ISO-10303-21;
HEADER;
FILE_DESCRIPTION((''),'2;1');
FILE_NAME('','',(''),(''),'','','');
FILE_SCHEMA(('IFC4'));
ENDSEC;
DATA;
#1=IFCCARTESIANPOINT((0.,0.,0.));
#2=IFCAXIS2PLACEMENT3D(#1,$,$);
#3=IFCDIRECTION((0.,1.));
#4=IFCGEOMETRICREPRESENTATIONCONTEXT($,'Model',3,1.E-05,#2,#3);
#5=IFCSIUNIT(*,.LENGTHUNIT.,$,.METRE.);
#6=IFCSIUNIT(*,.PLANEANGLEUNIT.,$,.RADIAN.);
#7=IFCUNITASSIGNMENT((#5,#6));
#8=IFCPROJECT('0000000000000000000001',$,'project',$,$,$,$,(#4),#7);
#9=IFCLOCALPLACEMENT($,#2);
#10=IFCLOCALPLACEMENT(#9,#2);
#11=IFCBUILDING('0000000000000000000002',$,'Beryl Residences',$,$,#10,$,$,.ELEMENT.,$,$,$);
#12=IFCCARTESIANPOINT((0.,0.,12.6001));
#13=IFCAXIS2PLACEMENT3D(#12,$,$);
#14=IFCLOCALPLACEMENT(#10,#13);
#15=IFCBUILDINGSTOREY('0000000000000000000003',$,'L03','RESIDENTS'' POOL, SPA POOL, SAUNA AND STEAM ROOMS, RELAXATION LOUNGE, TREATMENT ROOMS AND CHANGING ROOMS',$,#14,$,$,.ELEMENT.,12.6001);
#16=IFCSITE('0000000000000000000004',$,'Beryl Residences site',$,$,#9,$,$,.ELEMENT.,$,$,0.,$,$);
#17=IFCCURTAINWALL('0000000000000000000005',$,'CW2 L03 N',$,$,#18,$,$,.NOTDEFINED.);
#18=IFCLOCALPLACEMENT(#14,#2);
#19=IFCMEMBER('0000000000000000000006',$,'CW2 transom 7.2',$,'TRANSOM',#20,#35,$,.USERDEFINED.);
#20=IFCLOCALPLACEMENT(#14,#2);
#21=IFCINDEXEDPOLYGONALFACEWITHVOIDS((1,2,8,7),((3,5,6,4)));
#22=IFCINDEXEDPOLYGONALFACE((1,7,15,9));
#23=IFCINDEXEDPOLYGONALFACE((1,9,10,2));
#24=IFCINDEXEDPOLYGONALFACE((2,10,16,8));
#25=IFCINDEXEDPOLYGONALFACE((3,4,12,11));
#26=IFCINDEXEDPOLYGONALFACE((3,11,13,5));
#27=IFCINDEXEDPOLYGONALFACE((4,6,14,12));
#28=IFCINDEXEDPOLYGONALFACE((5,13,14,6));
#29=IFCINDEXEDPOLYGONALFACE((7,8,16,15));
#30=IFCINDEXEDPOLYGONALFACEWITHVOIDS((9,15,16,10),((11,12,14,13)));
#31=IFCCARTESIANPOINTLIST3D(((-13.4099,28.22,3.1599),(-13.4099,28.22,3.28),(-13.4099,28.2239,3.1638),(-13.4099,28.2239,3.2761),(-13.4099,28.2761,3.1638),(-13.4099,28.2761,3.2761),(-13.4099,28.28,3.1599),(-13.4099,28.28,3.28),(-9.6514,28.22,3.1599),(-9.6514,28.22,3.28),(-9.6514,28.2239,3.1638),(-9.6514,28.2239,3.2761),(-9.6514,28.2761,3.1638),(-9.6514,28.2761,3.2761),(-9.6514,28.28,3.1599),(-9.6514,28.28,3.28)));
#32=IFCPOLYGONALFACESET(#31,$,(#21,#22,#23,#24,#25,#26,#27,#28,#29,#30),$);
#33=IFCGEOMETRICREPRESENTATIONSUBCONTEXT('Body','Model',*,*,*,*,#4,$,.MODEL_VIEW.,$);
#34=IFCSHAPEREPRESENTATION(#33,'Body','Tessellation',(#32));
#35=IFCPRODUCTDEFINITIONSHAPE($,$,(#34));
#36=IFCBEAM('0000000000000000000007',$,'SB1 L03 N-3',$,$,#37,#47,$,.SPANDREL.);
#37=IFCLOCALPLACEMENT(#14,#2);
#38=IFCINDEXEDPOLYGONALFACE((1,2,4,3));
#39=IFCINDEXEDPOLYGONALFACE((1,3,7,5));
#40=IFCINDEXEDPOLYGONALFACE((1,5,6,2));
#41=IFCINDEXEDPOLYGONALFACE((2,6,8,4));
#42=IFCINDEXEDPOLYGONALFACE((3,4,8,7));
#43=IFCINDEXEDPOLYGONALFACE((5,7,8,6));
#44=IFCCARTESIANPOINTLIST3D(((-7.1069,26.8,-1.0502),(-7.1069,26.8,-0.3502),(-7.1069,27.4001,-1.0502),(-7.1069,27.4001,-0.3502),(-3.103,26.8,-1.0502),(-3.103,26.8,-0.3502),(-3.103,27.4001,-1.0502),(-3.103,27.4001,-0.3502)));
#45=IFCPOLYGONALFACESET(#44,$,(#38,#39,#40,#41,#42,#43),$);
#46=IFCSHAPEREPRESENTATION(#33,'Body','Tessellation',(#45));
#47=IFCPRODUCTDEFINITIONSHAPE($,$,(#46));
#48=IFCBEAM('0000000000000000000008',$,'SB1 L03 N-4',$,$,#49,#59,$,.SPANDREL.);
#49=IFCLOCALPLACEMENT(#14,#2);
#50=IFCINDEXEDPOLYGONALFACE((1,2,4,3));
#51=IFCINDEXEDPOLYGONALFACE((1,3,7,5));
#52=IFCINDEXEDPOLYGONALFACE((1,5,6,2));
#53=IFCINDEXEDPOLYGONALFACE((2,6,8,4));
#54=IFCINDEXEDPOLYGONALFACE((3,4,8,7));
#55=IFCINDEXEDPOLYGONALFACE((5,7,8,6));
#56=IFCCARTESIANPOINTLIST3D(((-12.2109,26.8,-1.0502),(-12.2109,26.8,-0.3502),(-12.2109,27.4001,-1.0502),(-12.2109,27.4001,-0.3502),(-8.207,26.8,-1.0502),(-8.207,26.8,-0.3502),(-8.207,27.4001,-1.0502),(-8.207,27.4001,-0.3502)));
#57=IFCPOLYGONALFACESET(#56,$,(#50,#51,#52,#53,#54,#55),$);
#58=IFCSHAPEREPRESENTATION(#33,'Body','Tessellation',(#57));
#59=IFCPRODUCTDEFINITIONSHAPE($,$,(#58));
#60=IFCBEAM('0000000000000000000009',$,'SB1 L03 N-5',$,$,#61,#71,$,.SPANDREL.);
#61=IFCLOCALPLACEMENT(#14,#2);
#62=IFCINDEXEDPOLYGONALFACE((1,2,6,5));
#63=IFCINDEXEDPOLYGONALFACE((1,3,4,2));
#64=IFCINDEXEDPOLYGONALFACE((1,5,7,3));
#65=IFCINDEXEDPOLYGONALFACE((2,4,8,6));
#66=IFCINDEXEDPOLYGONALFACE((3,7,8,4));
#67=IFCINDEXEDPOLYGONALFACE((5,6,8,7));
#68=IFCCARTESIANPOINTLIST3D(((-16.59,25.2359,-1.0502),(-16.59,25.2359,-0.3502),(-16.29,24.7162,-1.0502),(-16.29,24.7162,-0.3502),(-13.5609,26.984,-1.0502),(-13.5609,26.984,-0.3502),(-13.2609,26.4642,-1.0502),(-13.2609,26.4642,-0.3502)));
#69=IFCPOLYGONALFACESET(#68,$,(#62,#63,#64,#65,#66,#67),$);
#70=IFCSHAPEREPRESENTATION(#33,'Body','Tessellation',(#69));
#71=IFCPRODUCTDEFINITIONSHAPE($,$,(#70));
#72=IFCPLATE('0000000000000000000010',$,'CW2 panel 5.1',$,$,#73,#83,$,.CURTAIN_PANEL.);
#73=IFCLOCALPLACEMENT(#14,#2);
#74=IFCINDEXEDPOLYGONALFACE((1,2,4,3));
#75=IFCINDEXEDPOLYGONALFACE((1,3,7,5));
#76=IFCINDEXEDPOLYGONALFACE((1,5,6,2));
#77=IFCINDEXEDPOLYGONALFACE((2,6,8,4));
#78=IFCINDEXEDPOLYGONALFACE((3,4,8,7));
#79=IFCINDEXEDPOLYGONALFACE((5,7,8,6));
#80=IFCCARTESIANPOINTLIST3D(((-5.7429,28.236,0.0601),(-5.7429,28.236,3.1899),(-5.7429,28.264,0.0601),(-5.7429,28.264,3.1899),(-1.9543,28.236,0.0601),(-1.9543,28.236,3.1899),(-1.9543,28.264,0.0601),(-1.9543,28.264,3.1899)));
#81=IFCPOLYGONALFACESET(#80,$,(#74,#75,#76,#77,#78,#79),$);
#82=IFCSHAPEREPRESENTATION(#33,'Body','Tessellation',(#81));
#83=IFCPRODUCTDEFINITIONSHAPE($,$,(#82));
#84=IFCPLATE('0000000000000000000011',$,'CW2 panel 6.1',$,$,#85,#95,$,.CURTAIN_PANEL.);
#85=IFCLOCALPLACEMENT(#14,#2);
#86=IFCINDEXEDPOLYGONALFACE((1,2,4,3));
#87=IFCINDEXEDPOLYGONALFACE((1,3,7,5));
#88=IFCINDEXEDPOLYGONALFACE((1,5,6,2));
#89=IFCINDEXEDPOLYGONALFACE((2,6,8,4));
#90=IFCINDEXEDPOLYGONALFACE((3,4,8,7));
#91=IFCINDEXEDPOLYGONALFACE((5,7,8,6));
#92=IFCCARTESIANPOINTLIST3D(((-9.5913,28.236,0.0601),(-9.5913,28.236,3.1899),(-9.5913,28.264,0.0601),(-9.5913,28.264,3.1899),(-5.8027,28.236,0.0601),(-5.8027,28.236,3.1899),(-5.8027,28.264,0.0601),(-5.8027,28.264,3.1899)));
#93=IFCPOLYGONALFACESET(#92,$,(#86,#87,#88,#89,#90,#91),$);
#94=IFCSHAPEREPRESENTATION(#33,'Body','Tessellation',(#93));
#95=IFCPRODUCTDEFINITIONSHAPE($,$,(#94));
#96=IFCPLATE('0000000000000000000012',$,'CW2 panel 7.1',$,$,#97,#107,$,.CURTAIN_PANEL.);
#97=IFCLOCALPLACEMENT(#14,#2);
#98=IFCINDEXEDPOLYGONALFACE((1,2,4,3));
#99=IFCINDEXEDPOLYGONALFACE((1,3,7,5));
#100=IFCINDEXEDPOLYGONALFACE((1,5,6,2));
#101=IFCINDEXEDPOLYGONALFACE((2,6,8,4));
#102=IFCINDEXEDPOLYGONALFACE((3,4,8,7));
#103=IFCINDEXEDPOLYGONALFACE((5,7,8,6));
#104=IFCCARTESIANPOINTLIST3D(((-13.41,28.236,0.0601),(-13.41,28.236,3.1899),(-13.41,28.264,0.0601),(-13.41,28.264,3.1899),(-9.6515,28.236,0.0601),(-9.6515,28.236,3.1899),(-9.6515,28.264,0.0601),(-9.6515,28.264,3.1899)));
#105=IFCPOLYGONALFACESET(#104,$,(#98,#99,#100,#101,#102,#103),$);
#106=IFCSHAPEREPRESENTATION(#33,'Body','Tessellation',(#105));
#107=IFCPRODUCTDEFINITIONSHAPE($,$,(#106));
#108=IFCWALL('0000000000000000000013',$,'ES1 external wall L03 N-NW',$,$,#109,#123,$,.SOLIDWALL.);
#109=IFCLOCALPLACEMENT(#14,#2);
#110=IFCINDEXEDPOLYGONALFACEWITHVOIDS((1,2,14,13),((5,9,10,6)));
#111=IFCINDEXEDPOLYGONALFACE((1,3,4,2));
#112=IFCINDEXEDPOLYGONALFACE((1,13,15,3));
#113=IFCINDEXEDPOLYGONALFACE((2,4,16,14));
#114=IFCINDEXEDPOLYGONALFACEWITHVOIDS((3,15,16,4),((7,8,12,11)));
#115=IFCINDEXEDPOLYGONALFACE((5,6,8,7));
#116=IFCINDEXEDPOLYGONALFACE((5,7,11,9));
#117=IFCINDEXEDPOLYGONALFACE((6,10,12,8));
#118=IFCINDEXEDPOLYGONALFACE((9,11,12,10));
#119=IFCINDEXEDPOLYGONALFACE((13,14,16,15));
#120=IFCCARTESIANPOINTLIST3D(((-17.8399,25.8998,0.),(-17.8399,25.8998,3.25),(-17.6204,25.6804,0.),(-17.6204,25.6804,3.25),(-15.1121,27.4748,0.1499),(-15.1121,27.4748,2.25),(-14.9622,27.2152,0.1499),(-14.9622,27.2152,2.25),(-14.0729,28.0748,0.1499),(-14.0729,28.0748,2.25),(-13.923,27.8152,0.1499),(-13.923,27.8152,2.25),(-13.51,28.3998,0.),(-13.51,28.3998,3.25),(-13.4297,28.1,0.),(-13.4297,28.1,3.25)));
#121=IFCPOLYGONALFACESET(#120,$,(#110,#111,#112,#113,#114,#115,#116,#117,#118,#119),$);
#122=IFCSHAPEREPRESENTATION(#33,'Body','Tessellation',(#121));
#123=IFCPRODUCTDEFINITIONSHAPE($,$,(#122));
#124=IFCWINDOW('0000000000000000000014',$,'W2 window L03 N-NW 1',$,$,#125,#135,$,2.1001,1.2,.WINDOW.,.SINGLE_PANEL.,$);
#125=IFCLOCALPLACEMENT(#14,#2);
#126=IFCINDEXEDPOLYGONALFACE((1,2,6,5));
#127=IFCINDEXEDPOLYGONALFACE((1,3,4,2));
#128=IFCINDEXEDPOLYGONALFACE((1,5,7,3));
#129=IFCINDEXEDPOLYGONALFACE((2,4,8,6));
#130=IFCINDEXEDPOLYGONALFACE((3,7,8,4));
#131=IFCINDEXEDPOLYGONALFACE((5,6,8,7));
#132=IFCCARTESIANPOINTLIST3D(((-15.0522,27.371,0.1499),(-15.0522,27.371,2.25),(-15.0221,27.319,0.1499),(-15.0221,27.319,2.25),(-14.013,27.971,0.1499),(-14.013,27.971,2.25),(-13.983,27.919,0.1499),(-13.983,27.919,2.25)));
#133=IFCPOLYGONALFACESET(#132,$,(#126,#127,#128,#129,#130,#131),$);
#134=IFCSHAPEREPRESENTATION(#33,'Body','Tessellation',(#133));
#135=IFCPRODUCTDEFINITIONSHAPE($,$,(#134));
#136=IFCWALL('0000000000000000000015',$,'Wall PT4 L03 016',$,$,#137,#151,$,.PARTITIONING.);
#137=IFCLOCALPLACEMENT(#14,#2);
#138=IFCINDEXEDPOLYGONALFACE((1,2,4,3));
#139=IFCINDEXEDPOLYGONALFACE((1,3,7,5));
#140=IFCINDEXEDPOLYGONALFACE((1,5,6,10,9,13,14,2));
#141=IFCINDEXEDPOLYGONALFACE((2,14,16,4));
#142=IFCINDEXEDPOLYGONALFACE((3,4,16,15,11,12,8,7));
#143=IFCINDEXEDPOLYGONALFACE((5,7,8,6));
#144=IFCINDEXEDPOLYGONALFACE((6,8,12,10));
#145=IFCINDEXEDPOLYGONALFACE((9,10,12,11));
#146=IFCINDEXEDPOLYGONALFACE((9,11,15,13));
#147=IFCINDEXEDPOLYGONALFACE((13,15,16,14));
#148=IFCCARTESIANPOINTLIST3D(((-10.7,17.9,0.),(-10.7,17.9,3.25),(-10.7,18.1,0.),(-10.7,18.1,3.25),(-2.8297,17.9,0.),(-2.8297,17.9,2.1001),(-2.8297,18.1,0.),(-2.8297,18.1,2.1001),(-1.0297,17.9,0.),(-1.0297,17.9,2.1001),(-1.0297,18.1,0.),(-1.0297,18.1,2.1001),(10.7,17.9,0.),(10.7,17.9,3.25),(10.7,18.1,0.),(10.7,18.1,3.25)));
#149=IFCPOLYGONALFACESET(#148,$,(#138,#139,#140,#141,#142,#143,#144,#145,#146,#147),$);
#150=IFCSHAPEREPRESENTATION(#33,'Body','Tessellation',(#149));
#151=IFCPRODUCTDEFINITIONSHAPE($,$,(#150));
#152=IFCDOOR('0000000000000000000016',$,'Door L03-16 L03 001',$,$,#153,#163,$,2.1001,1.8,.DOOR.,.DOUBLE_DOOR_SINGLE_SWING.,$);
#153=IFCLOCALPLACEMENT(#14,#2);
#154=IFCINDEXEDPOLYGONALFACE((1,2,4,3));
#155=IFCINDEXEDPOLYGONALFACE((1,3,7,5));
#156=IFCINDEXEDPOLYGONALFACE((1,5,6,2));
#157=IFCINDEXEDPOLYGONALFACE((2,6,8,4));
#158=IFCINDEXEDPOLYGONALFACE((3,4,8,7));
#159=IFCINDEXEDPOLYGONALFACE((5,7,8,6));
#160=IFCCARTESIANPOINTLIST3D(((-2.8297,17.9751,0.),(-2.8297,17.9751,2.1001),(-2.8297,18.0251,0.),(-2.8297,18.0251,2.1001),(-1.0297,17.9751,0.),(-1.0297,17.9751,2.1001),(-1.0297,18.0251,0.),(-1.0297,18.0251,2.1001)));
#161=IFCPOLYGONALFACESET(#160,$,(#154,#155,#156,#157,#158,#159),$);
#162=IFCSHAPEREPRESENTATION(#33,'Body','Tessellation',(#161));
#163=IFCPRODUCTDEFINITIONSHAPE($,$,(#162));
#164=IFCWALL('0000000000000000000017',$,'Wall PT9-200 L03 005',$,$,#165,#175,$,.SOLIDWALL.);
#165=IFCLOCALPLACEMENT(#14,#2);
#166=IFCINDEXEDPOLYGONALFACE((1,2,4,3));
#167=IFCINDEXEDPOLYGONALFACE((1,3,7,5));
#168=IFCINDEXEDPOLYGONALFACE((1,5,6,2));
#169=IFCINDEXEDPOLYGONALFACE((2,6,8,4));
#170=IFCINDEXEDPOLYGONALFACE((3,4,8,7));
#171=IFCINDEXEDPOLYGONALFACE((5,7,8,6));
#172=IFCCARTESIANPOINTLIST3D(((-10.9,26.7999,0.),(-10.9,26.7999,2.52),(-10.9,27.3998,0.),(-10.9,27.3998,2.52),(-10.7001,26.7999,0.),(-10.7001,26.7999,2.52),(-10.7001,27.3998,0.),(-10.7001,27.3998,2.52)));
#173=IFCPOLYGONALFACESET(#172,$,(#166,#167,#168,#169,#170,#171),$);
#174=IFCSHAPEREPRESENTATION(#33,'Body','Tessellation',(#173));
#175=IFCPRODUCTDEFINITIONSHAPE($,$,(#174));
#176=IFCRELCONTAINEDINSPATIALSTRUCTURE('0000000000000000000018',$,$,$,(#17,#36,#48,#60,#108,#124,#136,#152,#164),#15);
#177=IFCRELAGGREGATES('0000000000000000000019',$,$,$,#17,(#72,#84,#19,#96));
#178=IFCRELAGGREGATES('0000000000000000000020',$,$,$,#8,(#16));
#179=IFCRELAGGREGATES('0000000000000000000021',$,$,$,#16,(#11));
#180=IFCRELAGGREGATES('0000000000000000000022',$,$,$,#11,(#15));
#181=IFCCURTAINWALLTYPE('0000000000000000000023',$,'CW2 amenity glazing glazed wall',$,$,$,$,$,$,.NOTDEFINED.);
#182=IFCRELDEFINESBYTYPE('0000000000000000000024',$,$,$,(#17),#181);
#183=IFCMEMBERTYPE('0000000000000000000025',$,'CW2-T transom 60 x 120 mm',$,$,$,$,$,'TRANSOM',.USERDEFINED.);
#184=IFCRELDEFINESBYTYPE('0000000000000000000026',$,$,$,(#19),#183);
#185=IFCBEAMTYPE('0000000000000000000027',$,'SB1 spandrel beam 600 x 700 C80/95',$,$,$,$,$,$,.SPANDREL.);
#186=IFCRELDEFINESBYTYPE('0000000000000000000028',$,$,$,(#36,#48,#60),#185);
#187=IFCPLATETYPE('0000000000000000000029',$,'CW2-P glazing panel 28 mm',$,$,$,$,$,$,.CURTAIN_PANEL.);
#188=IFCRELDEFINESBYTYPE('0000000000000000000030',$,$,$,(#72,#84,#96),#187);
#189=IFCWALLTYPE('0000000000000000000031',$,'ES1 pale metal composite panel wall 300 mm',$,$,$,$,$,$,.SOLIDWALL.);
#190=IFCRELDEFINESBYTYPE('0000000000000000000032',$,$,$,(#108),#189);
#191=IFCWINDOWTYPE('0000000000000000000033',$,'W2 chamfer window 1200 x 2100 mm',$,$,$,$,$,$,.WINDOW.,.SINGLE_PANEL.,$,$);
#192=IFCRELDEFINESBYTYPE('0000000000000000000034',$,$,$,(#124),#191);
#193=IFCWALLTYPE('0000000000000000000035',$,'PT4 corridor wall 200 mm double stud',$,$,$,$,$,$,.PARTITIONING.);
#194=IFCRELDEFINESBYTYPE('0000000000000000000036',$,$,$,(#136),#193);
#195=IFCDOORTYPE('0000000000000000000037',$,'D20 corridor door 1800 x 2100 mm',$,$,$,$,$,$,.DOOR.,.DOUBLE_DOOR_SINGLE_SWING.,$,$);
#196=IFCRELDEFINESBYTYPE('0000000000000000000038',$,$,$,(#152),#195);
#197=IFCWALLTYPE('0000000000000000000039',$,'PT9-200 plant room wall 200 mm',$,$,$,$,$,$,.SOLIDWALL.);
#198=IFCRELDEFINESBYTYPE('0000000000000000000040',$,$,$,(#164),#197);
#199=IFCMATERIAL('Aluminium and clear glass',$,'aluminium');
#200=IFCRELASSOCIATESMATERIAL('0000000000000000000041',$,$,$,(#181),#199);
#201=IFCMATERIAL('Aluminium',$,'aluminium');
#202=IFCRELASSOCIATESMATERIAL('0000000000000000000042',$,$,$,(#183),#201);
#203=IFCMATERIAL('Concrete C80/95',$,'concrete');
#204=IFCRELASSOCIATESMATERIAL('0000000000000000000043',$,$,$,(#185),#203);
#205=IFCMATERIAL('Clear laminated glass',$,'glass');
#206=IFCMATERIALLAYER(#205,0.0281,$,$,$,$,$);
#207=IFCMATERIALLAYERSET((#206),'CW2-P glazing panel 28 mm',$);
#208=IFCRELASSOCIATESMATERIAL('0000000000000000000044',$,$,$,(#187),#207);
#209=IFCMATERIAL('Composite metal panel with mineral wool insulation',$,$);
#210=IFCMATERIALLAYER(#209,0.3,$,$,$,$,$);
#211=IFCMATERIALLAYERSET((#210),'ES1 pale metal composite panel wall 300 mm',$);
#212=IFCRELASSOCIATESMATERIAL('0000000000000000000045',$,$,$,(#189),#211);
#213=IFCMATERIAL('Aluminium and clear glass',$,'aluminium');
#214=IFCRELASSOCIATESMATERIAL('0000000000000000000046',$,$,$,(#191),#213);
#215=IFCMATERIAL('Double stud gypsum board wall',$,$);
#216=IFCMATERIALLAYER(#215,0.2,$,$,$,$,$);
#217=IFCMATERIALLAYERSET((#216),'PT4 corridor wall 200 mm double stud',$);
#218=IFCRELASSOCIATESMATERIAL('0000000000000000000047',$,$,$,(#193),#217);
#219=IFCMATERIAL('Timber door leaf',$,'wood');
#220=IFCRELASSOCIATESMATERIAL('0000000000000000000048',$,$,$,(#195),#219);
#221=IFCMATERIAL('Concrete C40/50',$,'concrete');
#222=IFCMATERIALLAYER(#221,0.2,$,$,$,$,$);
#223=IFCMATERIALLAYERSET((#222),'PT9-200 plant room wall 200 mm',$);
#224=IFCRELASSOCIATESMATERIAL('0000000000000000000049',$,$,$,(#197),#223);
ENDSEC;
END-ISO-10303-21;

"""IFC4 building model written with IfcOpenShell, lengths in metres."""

from ifc_helpers import new_model, si_unit, direction, frame, frame_2d, origin, origin_2d, place, context, subcontext, project, spatial, polyline, rectangle, hollow_rectangle, outline, extrude, material, layer, layer_set, material_profile, profile_set, type_object, element, fill, aggregate, save


model = new_model("IFC4")

# Units and contexts
model_context = context("Model", 3, precision=1e-05, world=origin(), true_north=direction((0.0, 1.0)))
body_context = subcontext(model_context, "Body", "Model", "MODEL_VIEW")
ifc_project = project(units=[si_unit("LENGTHUNIT", "METRE"), si_unit("PLANEANGLEUNIT", "RADIAN")], contexts=[model_context])

# Site, building, storey
site_placement = place(None, origin())
site = spatial("IfcSite", under=ifc_project, at=site_placement, Name="Beryl Residences site", CompositionType="ELEMENT", RefElevation=0.0)
building_placement = place(site_placement, origin())
building = spatial("IfcBuilding", under=site, at=building_placement, Name="Beryl Residences", CompositionType="ELEMENT")
storey_placement = place(building_placement, frame((0.0, 0.0, 12.6001)))
storey = spatial("IfcBuildingStorey", under=building, at=storey_placement, Name="L03", Description="RESIDENTS' POOL, SPA POOL, SAUNA AND STEAM ROOMS, RELAXATION LOUNGE, TREATMENT ROOMS AND CHANGING ROOMS", CompositionType="ELEMENT", Elevation=12.6001)

# Curtain wall, member
ifc_material_1 = material(Name="Aluminium and clear glass", Category="aluminium")
curtain_wall_type = type_object("IfcCurtainWallType", Name="CW2 amenity glazing glazed wall", PredefinedType="NOTDEFINED", material=ifc_material_1)
curtain_wall_placement = place(storey_placement, origin())
curtain_wall = element("IfcCurtainWall", 1, at=curtain_wall_placement, inside=storey, type_object=curtain_wall_type, Name="CW2 L03 N", PredefinedType="NOTDEFINED")
ifc_material_2 = material(Name="Aluminium", Category="aluminium")
ifc_material_profile_1 = material_profile(ifc_material_2, hollow_rectangle(XDim=0.0601, YDim=0.1201, WallThickness=0.0039, at=origin_2d()))
ifc_profile_set_1 = profile_set([ifc_material_profile_1], Name="Aluminium")
member_type_1 = type_object("IfcMemberType", Name="CW2-T transom 60 x 120 mm", ElementType="TRANSOM", PredefinedType="USERDEFINED", material=ifc_profile_set_1)
member_1_placement = place(storey_placement, frame((-9.6514, 28.25, 3.22), z_axis=(-1.0, 0.0, 0.0), x_axis=(0.0, -1.0, 0.0)))
member_1 = element("IfcMember", 2, at=member_1_placement, type_object=member_type_1, Name="CW2 transom 7.2", ObjectType="TRANSOM", PredefinedType="USERDEFINED", context=body_context, shape_type="SweptSolid", body=[
    extrude(hollow_rectangle(XDim=0.0601, YDim=0.1201, WallThickness=0.0039, at=origin_2d()), origin(), (0.0, 0.0, 1.0), 3.7585),
])

# Beams
ifc_material_3 = material(Name="Concrete C80/95", Category="concrete")
ifc_material_profile_2 = material_profile(ifc_material_3, rectangle(XDim=0.6001, YDim=0.7, at=origin_2d()))
ifc_profile_set_2 = profile_set([ifc_material_profile_2], Name="Concrete C80/95")
beam_type = type_object("IfcBeamType", Name="SB1 spandrel beam 600 x 700 C80/95", PredefinedType="SPANDREL", material=ifc_profile_set_2)
for number, where, z_axis, x_axis, name in (
    (3, (-3.103, 27.1001, -0.7002), (-1.0, 0.0, 0.0), (0.0, -1.0, 0.0), "SB1 L03 N-3"),
    (4, (-8.207, 27.1001, -0.7002), (-1.0, 0.0, 0.0), (0.0, -1.0, 0.0), "SB1 L03 N-4"),
):
    element("IfcBeam", number, at=place(storey_placement, frame(where, z_axis=z_axis, x_axis=x_axis)), inside=storey, type_object=beam_type, Name=name, PredefinedType="SPANDREL", context=body_context, shape_type="SweptSolid", body=[
        extrude(rectangle(XDim=0.6001, YDim=0.7, at=origin_2d()), origin(), (0.0, 0.0, 1.0), 4.0039),
    ])
beam_placement = place(storey_placement, frame((-13.4109, 26.7241, -0.7002), z_axis=(-0.866122, -0.499833, 0.0), x_axis=(0.499833, -0.866122, 0.0)))
element("IfcBeam", 5, at=beam_placement, inside=storey, type_object=beam_type, Name="SB1 L03 N-5", PredefinedType="SPANDREL", context=body_context, shape_type="SweptSolid", body=[
    extrude(rectangle(XDim=0.6001, YDim=0.7, at=origin_2d()), origin(), (0.0, 0.0, 1.0), 3.4973),
])

# Plates
ifc_material_4 = material(Name="Clear laminated glass", Category="glass")
ifc_layer_1 = layer(ifc_material_4, 0.0281)
ifc_layer_set_1 = layer_set([ifc_layer_1], Name="CW2-P glazing panel 28 mm")
plate_type = type_object("IfcPlateType", Name="CW2-P glazing panel 28 mm", PredefinedType="CURTAIN_PANEL", material=ifc_layer_set_1)
plate_1_placement = place(storey_placement, frame((-3.8486, 28.25, 0.0601), z_axis=(0.0, 0.0, 1.0), x_axis=(-1.0, 0.0, 0.0)))
plate_1 = element("IfcPlate", 6, at=plate_1_placement, type_object=plate_type, Name="CW2 panel 5.1", PredefinedType="CURTAIN_PANEL", context=body_context, shape_type="SweptSolid", body=[
    extrude(rectangle(XDim=3.7886, YDim=0.0281, at=origin_2d()), origin(), (0.0, 0.0, 1.0), 3.1299),
])
plate_2_placement = place(storey_placement, frame((-7.697, 28.25, 0.0601), z_axis=(0.0, 0.0, 1.0), x_axis=(-1.0, 0.0, 0.0)))
plate_2 = element("IfcPlate", 7, at=plate_2_placement, type_object=plate_type, Name="CW2 panel 6.1", PredefinedType="CURTAIN_PANEL", context=body_context, shape_type="SweptSolid", body=[
    extrude(rectangle(XDim=3.7886, YDim=0.0281, at=origin_2d()), origin(), (0.0, 0.0, 1.0), 3.1299),
])
plate_3_placement = place(storey_placement, frame((-11.5308, 28.25, 0.0601), z_axis=(0.0, 0.0, 1.0), x_axis=(-1.0, 0.0, 0.0)))
plate_3 = element("IfcPlate", 8, at=plate_3_placement, type_object=plate_type, Name="CW2 panel 7.1", PredefinedType="CURTAIN_PANEL", context=body_context, shape_type="SweptSolid", body=[
    extrude(rectangle(XDim=3.7585, YDim=0.0281, at=origin_2d()), origin(), (0.0, 0.0, 1.0), 3.1299),
])
aggregate(curtain_wall, [plate_1, plate_2, member_1, plate_3])

# Wall, opening, window
ifc_material_5 = material(Name="Composite metal panel with mineral wool insulation")
ifc_layer_2 = layer(ifc_material_5, 0.3)
ifc_layer_set_2 = layer_set([ifc_layer_2], Name="ES1 pale metal composite panel wall 300 mm")
wall_type_1 = type_object("IfcWallType", Name="ES1 pale metal composite panel wall 300 mm", PredefinedType="SOLIDWALL", material=ifc_layer_set_2)
wall_1_placement = place(storey_placement, frame((-13.4351, 28.27, 0.0), z_axis=(0.0, 0.0, 1.0), x_axis=(-0.866011, -0.500025, 0.0)))
wall_1 = element("IfcWall", 9, at=wall_1_placement, inside=storey, type_object=wall_type_1, Name="ES1 external wall L03 N-NW", PredefinedType="SOLIDWALL", context=body_context, shape_type="SweptSolid", body=[
    extrude(outline(polyline([(0.0, -0.1499), (4.9998, -0.1499), (4.9194, 0.1499), (0.0803, 0.1499), (0.0, -0.1499)])), origin(), (0.0, 0.0, 1.0), 3.25),
])
opening_1_placement = place(wall_1_placement, frame((0.6499, 0.0, 0.1499)))
opening_1 = element("IfcOpeningElement", 10, at=opening_1_placement, cuts=wall_1, PredefinedType="OPENING", context=body_context, shape_type="SweptSolid", body=[
    extrude(rectangle(XDim=1.2, YDim=2.1001, at=frame_2d((0.6001, 1.05))), frame((0.0, 0.1599, 0.0), z_axis=(0.0, -1.0, 0.0), x_axis=(1.0, 0.0, 0.0)), (0.0, 0.0, 1.0), 0.3201),
])
ifc_material_6 = material(Name="Aluminium and clear glass", Category="aluminium")
window_type = type_object("IfcWindowType", Name="W2 chamfer window 1200 x 2100 mm", PartitioningType="SINGLE_PANEL", PredefinedType="WINDOW", material=ifc_material_6)
window_placement = place(opening_1_placement, origin())
window = element("IfcWindow", 11, at=window_placement, inside=storey, type_object=window_type, Name="W2 window L03 N-NW 1", OverallHeight=2.1001, OverallWidth=1.2, PartitioningType="SINGLE_PANEL", PredefinedType="WINDOW", context=body_context, shape_type="SweptSolid", body=[
    extrude(rectangle(XDim=1.2, YDim=2.1001, at=frame_2d((0.6001, 1.05))), frame((0.0, 0.03, 0.0), z_axis=(0.0, -1.0, 0.0), x_axis=(1.0, 0.0, 0.0)), (0.0, 0.0, 1.0), 0.0601),
])
fill(opening_1, window)

# Wall, opening, door
ifc_material_7 = material(Name="Double stud gypsum board wall")
ifc_layer_3 = layer(ifc_material_7, 0.2)
ifc_layer_set_3 = layer_set([ifc_layer_3], Name="PT4 corridor wall 200 mm double stud")
wall_type_2 = type_object("IfcWallType", Name="PT4 corridor wall 200 mm double stud", PredefinedType="PARTITIONING", material=ifc_layer_set_3)
wall_2_placement = place(storey_placement, frame((-10.7, 18.0, 0.0), z_axis=(0.0, 0.0, 1.0), x_axis=(1.0, 0.0, 0.0)))
wall_2 = element("IfcWall", 12, at=wall_2_placement, inside=storey, type_object=wall_type_2, Name="Wall PT4 L03 016", PredefinedType="PARTITIONING", context=body_context, shape_type="SweptSolid", body=[
    extrude(rectangle(XDim=21.3999, YDim=0.2, at=frame_2d((10.7, 0.0))), origin(), (0.0, 0.0, 1.0), 3.25),
])
opening_2_placement = place(wall_2_placement, frame((9.6702, 0.0, 0.0), z_axis=(0.0, 0.0, 1.0), x_axis=(-1.0, 0.0, 0.0)))
opening_2 = element("IfcOpeningElement", 13, at=opening_2_placement, cuts=wall_2, PredefinedType="OPENING", context=body_context, shape_type="SweptSolid", body=[
    extrude(rectangle(XDim=1.8, YDim=2.1001, at=frame_2d((0.8999, 1.05))), frame((0.0, 0.1099, 0.0), z_axis=(0.0, -1.0, 0.0), x_axis=(1.0, 0.0, 0.0)), (0.0, 0.0, 1.0), 0.22),
])
ifc_material_8 = material(Name="Timber door leaf", Category="wood")
door_type = type_object("IfcDoorType", Name="D20 corridor door 1800 x 2100 mm", OperationType="DOUBLE_DOOR_SINGLE_SWING", PredefinedType="DOOR", material=ifc_material_8)
door_placement = place(opening_2_placement, origin())
door = element("IfcDoor", 14, at=door_placement, inside=storey, type_object=door_type, Name="Door L03-16 L03 001", OperationType="DOUBLE_DOOR_SINGLE_SWING", OverallHeight=2.1001, OverallWidth=1.8, PredefinedType="DOOR", context=body_context, shape_type="SweptSolid", body=[
    extrude(rectangle(XDim=1.8, YDim=2.1001, at=frame_2d((0.8999, 1.05))), frame((0.0, 0.0249, 0.0), z_axis=(0.0, -1.0, 0.0), x_axis=(1.0, 0.0, 0.0)), (0.0, 0.0, 1.0), 0.05),
])
fill(opening_2, door)

# Wall
ifc_material_9 = material(Name="Concrete C40/50", Category="concrete")
ifc_layer_4 = layer(ifc_material_9, 0.2)
ifc_layer_set_4 = layer_set([ifc_layer_4], Name="PT9-200 plant room wall 200 mm")
wall_type_3 = type_object("IfcWallType", Name="PT9-200 plant room wall 200 mm", PredefinedType="SOLIDWALL", material=ifc_layer_set_4)
wall_3_placement = place(storey_placement, frame((-10.8, 26.8, 0.0), z_axis=(0.0, 0.0, 1.0), x_axis=(0.0, 1.0, 0.0)))
element("IfcWall", 15, at=wall_3_placement, inside=storey, type_object=wall_type_3, Name="Wall PT9-200 L03 005", PredefinedType="SOLIDWALL", context=body_context, shape_type="SweptSolid", body=[
    extrude(rectangle(XDim=0.5999, YDim=0.2, at=frame_2d((0.2998, 0.0))), origin(), (0.0, 0.0, 1.0), 2.52),
])

save(model, "model.ifc")
